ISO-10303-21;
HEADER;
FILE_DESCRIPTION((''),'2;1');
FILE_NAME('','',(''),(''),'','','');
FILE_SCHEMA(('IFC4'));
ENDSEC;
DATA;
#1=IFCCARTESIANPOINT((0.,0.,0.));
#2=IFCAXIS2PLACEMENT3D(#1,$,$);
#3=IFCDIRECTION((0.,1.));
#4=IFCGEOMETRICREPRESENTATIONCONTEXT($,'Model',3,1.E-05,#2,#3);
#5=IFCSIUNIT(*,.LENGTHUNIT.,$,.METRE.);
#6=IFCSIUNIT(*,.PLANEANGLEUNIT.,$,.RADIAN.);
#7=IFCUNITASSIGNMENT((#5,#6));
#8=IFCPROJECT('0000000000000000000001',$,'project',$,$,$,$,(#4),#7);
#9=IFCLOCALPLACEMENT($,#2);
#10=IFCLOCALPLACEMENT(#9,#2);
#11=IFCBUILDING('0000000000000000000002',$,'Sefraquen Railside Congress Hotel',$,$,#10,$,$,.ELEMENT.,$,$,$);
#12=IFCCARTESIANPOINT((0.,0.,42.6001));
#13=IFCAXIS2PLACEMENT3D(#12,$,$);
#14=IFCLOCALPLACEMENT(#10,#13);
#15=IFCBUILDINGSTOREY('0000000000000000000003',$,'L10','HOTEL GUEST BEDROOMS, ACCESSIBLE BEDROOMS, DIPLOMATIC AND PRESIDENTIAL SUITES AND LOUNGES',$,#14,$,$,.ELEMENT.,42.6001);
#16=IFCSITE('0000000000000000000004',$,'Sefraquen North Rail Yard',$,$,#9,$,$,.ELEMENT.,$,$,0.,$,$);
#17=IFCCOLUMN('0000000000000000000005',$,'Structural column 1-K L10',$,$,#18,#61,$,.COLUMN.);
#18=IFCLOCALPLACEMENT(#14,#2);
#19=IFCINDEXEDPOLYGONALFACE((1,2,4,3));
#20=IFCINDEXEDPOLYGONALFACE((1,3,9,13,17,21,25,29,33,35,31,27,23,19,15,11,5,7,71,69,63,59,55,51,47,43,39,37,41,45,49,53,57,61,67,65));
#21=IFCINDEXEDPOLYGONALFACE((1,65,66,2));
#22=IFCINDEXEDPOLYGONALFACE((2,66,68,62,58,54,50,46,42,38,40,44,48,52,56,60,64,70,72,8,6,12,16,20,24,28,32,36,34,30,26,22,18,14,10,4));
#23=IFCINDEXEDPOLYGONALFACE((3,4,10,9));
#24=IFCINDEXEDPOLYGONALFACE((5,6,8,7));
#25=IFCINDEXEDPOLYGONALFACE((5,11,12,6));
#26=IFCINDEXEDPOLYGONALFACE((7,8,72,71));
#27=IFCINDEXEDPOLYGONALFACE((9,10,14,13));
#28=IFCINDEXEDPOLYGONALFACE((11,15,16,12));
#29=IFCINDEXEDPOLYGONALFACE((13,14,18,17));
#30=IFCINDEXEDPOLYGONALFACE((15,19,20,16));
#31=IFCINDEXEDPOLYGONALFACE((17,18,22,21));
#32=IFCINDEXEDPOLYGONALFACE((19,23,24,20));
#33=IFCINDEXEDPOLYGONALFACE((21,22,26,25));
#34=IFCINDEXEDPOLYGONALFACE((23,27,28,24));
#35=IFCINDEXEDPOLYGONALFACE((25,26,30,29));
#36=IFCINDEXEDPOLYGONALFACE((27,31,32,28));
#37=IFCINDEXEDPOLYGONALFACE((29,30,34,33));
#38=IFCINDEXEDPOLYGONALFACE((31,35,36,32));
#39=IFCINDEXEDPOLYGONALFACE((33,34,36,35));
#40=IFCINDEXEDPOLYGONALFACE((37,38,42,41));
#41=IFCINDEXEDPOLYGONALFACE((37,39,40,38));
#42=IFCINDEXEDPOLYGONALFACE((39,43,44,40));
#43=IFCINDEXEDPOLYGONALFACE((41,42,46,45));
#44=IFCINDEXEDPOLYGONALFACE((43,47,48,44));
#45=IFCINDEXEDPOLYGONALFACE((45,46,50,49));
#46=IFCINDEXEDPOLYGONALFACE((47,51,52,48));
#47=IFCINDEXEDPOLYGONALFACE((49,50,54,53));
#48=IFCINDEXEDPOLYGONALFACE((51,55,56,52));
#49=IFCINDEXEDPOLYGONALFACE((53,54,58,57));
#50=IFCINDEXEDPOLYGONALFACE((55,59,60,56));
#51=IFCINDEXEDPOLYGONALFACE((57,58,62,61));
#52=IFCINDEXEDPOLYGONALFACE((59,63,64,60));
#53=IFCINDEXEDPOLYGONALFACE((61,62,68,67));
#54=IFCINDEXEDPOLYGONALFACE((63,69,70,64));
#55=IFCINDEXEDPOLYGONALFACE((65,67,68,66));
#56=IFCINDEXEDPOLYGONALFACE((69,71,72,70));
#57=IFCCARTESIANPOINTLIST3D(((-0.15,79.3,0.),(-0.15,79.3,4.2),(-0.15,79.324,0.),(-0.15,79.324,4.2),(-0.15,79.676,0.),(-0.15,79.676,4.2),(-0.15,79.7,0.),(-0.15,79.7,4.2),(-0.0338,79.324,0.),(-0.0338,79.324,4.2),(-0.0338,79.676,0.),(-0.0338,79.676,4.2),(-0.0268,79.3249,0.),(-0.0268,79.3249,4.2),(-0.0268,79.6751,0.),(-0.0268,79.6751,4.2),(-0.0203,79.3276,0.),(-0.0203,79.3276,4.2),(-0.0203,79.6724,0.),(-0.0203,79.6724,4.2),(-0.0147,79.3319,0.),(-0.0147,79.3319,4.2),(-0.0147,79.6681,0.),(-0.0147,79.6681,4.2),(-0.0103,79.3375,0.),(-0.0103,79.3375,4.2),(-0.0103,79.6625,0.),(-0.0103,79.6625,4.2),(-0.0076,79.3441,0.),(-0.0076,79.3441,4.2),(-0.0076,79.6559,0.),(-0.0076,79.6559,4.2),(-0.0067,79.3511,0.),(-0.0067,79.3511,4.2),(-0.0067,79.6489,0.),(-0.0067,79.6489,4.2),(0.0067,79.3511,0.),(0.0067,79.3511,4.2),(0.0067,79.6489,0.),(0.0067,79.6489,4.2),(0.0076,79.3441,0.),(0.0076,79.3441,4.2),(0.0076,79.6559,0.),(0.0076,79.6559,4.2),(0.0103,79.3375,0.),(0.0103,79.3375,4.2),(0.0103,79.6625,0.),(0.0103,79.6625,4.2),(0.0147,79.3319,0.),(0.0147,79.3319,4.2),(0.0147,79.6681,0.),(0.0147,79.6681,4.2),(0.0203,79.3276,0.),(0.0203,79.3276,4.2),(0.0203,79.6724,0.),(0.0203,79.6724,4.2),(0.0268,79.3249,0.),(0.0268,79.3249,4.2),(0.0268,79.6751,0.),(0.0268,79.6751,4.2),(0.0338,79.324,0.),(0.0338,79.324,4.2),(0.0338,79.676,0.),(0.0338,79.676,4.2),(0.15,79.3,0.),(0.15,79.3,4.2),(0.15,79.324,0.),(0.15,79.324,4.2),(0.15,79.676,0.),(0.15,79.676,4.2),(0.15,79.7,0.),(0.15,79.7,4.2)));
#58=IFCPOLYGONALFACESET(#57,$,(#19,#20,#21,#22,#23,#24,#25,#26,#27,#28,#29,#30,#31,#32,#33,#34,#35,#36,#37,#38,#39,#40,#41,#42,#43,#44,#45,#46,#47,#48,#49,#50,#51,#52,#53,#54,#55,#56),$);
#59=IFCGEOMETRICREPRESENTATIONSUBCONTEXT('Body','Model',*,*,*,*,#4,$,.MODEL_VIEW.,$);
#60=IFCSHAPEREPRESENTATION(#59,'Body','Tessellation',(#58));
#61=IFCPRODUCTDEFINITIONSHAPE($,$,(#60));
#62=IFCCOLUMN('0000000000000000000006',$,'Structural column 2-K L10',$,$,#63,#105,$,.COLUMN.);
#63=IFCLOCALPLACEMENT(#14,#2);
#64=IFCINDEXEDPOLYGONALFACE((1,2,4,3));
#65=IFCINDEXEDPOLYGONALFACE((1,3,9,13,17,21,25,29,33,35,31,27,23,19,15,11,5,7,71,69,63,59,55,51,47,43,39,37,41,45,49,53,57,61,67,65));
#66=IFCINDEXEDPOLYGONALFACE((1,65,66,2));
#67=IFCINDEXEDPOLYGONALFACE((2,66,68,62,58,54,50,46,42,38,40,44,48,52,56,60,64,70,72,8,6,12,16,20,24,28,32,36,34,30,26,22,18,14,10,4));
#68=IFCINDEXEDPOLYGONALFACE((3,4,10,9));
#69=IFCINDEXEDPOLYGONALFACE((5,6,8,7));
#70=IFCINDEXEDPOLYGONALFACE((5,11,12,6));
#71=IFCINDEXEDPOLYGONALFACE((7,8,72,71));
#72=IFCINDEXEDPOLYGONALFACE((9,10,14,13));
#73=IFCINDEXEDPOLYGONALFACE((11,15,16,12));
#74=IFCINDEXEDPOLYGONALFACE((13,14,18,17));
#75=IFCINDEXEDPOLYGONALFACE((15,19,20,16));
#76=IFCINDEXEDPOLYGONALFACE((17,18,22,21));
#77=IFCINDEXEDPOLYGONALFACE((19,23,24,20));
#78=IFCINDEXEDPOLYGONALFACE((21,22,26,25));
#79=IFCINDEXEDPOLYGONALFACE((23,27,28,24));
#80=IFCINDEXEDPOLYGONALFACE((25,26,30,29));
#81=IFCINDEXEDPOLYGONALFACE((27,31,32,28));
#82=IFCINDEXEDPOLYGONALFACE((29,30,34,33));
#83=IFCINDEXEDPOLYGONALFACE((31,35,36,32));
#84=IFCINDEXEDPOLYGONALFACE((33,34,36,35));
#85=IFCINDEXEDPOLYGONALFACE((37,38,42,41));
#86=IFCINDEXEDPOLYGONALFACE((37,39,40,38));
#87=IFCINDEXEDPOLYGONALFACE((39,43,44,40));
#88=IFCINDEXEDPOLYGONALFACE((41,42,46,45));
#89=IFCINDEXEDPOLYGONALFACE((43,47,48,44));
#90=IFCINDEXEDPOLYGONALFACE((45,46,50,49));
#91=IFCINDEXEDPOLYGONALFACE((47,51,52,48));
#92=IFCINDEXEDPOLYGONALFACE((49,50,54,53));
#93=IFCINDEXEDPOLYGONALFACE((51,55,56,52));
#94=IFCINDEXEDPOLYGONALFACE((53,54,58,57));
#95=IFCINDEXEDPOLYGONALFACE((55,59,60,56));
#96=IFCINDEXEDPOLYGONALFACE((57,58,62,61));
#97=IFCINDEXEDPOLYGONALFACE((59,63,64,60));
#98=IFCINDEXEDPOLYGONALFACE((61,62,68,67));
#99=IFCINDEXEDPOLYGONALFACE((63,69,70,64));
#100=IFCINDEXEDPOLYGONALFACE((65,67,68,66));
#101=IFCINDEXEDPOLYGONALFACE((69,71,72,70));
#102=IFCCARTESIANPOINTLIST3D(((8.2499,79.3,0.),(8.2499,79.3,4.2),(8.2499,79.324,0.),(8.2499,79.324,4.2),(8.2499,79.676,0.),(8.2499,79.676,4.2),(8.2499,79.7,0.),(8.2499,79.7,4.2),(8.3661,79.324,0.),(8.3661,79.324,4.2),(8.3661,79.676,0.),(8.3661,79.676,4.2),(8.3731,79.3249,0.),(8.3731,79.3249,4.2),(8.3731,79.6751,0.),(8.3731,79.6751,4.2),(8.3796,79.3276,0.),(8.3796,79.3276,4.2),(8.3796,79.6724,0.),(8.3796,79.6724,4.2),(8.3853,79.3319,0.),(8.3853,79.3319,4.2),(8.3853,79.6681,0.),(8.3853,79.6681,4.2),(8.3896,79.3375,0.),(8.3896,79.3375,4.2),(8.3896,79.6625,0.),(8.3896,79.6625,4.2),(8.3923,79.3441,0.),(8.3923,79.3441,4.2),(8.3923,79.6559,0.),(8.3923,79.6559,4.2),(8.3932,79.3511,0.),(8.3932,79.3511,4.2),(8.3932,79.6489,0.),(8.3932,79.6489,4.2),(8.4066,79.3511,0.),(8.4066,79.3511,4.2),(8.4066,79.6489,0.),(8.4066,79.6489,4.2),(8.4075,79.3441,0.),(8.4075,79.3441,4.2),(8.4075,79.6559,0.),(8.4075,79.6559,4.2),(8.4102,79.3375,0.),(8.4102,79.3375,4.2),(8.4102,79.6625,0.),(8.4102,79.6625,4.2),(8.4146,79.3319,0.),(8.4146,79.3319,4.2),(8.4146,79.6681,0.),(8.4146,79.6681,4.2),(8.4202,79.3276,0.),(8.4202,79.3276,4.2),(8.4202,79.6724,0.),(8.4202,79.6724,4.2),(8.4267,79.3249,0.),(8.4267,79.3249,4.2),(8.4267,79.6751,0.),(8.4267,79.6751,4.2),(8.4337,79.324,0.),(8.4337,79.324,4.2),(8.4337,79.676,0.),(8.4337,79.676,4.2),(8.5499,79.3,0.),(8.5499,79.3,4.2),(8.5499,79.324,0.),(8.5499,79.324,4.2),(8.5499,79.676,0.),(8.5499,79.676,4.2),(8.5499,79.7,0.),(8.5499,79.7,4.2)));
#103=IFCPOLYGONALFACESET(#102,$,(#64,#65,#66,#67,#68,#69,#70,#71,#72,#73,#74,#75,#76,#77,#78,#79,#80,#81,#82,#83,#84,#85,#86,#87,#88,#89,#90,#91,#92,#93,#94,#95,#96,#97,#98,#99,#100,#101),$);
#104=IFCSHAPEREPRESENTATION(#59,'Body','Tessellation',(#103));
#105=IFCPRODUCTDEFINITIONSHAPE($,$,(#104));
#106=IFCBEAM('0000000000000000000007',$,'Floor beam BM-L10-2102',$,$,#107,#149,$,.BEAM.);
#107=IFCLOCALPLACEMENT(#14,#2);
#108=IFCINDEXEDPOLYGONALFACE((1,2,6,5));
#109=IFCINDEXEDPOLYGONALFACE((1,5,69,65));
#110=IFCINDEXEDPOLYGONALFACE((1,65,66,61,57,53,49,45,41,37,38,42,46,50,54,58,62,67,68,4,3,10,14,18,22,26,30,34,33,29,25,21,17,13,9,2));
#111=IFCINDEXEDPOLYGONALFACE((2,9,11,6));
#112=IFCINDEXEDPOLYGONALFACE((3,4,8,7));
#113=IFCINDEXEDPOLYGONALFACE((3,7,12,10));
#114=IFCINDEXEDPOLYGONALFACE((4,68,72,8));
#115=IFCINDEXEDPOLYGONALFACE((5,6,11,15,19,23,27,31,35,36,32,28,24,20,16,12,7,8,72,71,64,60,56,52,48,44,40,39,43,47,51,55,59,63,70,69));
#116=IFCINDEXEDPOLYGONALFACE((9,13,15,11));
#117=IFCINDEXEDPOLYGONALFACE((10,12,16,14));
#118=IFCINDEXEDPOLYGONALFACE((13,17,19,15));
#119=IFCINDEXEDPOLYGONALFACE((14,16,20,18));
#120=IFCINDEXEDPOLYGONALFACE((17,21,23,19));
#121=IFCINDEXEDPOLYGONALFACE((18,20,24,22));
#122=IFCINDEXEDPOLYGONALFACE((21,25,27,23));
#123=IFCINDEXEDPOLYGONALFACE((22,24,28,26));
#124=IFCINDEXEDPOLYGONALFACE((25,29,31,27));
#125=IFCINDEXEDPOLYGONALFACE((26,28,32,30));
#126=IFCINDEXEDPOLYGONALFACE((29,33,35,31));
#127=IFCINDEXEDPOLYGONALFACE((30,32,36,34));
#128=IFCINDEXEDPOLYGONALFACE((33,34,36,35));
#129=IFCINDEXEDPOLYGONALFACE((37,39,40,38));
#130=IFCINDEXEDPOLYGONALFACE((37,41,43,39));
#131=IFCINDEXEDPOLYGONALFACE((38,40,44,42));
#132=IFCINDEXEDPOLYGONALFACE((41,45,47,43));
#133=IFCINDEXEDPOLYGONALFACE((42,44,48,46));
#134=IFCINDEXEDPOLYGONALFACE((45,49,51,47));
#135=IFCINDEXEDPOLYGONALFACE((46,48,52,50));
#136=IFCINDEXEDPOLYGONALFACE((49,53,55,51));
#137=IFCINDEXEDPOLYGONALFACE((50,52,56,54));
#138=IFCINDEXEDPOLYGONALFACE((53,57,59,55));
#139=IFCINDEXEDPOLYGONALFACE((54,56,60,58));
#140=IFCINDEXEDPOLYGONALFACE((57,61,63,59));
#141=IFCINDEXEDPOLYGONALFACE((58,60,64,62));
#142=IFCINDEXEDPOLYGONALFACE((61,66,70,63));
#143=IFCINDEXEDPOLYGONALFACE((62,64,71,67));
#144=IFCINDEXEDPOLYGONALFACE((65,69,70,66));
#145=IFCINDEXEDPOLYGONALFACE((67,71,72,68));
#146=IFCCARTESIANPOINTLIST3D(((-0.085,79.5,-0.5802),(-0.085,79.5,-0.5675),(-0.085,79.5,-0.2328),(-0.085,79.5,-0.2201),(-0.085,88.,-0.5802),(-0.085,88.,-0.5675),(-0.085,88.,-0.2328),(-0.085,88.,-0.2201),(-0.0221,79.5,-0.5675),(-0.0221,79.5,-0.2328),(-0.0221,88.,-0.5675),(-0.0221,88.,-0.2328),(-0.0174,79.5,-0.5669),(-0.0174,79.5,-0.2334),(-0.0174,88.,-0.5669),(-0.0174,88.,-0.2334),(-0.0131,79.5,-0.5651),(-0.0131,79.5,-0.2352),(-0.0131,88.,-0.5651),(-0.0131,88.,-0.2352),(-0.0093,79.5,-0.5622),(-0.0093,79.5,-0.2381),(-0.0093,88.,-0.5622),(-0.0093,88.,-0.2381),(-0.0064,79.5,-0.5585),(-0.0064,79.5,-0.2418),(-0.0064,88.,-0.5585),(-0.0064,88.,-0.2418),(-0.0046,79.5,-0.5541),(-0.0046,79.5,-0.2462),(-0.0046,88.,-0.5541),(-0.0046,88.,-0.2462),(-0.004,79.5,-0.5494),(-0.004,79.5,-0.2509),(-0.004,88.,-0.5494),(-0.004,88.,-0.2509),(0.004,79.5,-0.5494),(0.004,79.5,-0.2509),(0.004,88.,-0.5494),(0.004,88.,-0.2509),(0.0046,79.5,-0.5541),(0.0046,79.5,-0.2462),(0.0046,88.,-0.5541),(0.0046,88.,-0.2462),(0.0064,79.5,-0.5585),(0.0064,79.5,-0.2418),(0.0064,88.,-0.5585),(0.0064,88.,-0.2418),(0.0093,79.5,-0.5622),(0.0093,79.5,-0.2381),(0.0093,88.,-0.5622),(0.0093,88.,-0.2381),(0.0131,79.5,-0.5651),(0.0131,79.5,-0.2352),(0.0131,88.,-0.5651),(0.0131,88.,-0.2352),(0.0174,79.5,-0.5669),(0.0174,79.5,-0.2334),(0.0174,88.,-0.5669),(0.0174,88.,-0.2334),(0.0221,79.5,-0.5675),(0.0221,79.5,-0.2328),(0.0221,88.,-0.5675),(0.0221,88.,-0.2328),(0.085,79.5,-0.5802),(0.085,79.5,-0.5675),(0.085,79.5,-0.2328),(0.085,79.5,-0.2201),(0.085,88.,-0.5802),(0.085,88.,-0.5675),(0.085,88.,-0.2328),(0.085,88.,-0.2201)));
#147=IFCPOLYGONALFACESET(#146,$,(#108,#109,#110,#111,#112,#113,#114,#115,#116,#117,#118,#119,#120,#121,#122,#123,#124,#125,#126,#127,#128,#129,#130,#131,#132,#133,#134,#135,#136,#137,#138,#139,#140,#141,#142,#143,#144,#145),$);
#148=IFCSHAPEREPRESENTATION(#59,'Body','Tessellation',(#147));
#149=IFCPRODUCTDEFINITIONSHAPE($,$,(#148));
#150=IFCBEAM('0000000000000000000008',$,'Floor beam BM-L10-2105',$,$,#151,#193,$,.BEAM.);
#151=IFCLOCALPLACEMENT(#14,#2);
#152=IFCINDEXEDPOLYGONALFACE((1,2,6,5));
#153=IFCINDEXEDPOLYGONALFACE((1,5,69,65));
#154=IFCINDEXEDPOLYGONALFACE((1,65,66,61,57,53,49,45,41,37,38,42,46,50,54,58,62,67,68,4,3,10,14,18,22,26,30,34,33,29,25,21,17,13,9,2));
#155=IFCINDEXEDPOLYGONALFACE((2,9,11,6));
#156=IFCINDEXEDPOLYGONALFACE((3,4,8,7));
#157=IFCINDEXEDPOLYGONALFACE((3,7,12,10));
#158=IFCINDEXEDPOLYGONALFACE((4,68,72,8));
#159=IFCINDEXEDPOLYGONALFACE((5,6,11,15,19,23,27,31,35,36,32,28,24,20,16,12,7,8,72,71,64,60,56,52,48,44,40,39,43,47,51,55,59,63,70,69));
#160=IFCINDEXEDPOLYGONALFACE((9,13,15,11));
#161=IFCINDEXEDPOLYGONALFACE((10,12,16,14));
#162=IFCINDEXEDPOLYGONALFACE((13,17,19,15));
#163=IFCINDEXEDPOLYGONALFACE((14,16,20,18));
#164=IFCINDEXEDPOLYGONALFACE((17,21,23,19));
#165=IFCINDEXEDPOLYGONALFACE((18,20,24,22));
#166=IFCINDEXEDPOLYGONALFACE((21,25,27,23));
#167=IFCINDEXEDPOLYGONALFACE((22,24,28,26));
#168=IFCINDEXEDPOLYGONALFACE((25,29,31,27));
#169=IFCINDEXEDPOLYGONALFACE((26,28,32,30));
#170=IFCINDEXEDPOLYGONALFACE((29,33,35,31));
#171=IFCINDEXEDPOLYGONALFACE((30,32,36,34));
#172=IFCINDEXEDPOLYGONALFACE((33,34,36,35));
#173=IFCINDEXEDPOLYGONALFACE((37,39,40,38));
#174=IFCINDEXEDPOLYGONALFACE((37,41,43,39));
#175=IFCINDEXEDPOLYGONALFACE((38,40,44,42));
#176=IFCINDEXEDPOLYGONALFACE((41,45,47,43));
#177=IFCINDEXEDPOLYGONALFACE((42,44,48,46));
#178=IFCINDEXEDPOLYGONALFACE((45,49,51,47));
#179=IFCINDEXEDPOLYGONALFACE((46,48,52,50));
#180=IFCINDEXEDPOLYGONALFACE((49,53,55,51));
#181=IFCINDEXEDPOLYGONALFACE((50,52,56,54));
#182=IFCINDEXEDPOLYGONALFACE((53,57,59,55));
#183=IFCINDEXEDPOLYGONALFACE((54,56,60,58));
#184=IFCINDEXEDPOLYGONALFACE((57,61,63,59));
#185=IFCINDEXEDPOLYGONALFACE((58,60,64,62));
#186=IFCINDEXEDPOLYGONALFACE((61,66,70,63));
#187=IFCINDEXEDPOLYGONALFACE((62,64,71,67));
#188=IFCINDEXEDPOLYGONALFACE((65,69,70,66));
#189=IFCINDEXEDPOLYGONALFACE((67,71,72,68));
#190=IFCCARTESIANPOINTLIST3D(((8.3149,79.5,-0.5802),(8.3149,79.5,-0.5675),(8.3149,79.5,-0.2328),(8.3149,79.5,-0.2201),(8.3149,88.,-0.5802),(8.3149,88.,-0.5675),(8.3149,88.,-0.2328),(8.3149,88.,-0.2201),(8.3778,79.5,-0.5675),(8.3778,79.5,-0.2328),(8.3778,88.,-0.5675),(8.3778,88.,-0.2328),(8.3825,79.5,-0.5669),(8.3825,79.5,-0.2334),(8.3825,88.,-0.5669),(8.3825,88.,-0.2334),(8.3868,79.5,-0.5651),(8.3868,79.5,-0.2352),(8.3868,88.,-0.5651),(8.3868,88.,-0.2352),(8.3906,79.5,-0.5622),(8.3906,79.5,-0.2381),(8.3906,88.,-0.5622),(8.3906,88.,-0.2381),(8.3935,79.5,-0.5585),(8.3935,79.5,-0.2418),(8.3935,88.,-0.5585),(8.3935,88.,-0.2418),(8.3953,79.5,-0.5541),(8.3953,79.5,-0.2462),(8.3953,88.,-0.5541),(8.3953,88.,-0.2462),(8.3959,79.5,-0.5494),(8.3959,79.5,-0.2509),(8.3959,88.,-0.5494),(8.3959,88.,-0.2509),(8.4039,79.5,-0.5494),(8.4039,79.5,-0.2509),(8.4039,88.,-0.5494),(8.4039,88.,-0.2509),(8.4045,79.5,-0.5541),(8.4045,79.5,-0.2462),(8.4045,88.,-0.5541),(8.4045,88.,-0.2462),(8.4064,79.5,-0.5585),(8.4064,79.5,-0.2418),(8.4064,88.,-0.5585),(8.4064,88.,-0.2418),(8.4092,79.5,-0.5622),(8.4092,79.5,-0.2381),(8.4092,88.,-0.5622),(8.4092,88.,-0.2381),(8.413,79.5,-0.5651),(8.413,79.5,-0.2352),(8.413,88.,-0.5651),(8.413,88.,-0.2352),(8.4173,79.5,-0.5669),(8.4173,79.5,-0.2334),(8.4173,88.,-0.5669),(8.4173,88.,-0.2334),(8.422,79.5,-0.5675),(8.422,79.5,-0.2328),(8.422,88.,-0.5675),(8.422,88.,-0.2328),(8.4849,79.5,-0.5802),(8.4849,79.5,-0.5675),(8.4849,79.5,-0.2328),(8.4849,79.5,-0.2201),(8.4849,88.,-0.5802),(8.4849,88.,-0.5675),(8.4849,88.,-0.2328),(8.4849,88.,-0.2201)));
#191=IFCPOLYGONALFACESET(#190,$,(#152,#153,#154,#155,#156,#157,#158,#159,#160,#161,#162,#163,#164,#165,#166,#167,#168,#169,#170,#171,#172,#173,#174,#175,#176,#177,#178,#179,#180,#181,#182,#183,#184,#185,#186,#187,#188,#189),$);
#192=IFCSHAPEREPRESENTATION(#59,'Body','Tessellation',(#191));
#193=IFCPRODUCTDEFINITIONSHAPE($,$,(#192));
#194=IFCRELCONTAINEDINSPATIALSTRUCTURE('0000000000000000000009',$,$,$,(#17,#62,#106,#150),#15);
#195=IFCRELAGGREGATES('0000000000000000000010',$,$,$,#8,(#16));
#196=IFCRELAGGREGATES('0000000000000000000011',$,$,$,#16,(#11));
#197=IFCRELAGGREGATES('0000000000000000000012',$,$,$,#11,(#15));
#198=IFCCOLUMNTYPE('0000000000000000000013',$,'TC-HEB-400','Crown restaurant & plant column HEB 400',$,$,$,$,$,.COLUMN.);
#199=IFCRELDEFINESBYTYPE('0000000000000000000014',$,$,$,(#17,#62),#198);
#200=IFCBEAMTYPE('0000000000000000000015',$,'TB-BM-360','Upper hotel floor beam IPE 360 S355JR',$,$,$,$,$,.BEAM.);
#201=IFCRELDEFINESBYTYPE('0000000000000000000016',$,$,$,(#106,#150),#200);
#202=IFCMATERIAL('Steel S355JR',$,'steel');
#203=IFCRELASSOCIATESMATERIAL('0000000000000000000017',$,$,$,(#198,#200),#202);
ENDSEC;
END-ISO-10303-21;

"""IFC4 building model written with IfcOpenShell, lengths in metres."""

from ifc_helpers import new_model, si_unit, direction, frame, origin, origin_2d, place, context, subcontext, project, spatial, i_section, extrude, material, material_profile, profile_set, type_object, element, save


model = new_model("IFC4")

# Units and contexts
model_context = context("Model", 3, precision=1e-05, world=origin(), true_north=direction((0.0, 1.0)))
body_context = subcontext(model_context, "Body", "Model", "MODEL_VIEW")
ifc_project = project(units=[si_unit("LENGTHUNIT", "METRE"), si_unit("PLANEANGLEUNIT", "RADIAN")], contexts=[model_context])

# Site, building, storey
site_placement = place(None, origin())
site = spatial("IfcSite", under=ifc_project, at=site_placement, Name="Sefraquen North Rail Yard", CompositionType="ELEMENT", RefElevation=0.0)
building_placement = place(site_placement, origin())
building = spatial("IfcBuilding", under=site, at=building_placement, Name="Sefraquen Railside Congress Hotel", CompositionType="ELEMENT")
storey_placement = place(building_placement, frame((0.0, 0.0, 42.6001)))
storey = spatial("IfcBuildingStorey", under=building, at=storey_placement, Name="L10", Description="HOTEL GUEST BEDROOMS, ACCESSIBLE BEDROOMS, DIPLOMATIC AND PRESIDENTIAL SUITES AND LOUNGES", CompositionType="ELEMENT", Elevation=42.6001)

# Columns
ifc_material_1 = material(Name="Steel S355JR", Category="steel")
ifc_material_profile_1 = material_profile(ifc_material_1, i_section(OverallWidth=0.3, OverallDepth=0.3999, WebThickness=0.0134, FlangeThickness=0.0239, FilletRadius=0.0271, at=origin_2d()), Name="HEB 400")
ifc_profile_set_1 = profile_set([ifc_material_profile_1], Name="Steel S355JR")
column_type = type_object("IfcColumnType", Name="TC-HEB-400", Description="Crown restaurant & plant column HEB 400", PredefinedType="COLUMN", material=ifc_profile_set_1)
for number, where, z_axis, x_axis, name in (
    (1, (0.0, 79.5, 0.0), (0.0, 0.0, 1.0), (1.0, 0.0, 0.0), "Structural column 1-K L10"),
    (2, (8.3999, 79.5, 0.0), (0.0, 0.0, 1.0), (1.0, 0.0, 0.0), "Structural column 2-K L10"),
):
    element("IfcColumn", number, at=place(storey_placement, frame(where, z_axis=z_axis, x_axis=x_axis)), inside=storey, type_object=column_type, Name=name, PredefinedType="COLUMN", context=body_context, shape_type="SweptSolid", body=[
        extrude(i_section(OverallWidth=0.3, OverallDepth=0.3999, WebThickness=0.0134, FlangeThickness=0.0239, FilletRadius=0.0271, at=origin_2d()), origin(), (0.0, 0.0, 1.0), 4.2),
    ])

# Beams
ifc_material_profile_2 = material_profile(ifc_material_1, i_section(OverallWidth=0.1699, OverallDepth=0.3601, WebThickness=0.0081, FlangeThickness=0.0127, FilletRadius=0.0181, at=origin_2d()), Name="IPE 360")
ifc_profile_set_2 = profile_set([ifc_material_profile_2], Name="Steel S355JR")
beam_type_1 = type_object("IfcBeamType", Name="TB-BM-360", Description="Upper hotel floor beam IPE 360 S355JR", PredefinedType="BEAM", material=ifc_profile_set_2)
for number, where, z_axis, x_axis, name in (
    (3, (0.0, 79.5, -0.4001), (0.0, 1.0, 0.0), (-1.0, 0.0, 0.0), "Floor beam BM-L10-2102"),
    (4, (8.3999, 79.5, -0.4001), (0.0, 1.0, 0.0), (-1.0, 0.0, 0.0), "Floor beam BM-L10-2105"),
):
    element("IfcBeam", number, at=place(storey_placement, frame(where, z_axis=z_axis, x_axis=x_axis)), inside=storey, type_object=beam_type_1, Name=name, PredefinedType="BEAM", context=body_context, shape_type="SweptSolid", body=[
        extrude(i_section(OverallWidth=0.1699, OverallDepth=0.3601, WebThickness=0.0081, FlangeThickness=0.0127, FilletRadius=0.0181, at=origin_2d()), origin(), (0.0, 0.0, 1.0), 8.5),
    ])

save(model, "model.ifc")
